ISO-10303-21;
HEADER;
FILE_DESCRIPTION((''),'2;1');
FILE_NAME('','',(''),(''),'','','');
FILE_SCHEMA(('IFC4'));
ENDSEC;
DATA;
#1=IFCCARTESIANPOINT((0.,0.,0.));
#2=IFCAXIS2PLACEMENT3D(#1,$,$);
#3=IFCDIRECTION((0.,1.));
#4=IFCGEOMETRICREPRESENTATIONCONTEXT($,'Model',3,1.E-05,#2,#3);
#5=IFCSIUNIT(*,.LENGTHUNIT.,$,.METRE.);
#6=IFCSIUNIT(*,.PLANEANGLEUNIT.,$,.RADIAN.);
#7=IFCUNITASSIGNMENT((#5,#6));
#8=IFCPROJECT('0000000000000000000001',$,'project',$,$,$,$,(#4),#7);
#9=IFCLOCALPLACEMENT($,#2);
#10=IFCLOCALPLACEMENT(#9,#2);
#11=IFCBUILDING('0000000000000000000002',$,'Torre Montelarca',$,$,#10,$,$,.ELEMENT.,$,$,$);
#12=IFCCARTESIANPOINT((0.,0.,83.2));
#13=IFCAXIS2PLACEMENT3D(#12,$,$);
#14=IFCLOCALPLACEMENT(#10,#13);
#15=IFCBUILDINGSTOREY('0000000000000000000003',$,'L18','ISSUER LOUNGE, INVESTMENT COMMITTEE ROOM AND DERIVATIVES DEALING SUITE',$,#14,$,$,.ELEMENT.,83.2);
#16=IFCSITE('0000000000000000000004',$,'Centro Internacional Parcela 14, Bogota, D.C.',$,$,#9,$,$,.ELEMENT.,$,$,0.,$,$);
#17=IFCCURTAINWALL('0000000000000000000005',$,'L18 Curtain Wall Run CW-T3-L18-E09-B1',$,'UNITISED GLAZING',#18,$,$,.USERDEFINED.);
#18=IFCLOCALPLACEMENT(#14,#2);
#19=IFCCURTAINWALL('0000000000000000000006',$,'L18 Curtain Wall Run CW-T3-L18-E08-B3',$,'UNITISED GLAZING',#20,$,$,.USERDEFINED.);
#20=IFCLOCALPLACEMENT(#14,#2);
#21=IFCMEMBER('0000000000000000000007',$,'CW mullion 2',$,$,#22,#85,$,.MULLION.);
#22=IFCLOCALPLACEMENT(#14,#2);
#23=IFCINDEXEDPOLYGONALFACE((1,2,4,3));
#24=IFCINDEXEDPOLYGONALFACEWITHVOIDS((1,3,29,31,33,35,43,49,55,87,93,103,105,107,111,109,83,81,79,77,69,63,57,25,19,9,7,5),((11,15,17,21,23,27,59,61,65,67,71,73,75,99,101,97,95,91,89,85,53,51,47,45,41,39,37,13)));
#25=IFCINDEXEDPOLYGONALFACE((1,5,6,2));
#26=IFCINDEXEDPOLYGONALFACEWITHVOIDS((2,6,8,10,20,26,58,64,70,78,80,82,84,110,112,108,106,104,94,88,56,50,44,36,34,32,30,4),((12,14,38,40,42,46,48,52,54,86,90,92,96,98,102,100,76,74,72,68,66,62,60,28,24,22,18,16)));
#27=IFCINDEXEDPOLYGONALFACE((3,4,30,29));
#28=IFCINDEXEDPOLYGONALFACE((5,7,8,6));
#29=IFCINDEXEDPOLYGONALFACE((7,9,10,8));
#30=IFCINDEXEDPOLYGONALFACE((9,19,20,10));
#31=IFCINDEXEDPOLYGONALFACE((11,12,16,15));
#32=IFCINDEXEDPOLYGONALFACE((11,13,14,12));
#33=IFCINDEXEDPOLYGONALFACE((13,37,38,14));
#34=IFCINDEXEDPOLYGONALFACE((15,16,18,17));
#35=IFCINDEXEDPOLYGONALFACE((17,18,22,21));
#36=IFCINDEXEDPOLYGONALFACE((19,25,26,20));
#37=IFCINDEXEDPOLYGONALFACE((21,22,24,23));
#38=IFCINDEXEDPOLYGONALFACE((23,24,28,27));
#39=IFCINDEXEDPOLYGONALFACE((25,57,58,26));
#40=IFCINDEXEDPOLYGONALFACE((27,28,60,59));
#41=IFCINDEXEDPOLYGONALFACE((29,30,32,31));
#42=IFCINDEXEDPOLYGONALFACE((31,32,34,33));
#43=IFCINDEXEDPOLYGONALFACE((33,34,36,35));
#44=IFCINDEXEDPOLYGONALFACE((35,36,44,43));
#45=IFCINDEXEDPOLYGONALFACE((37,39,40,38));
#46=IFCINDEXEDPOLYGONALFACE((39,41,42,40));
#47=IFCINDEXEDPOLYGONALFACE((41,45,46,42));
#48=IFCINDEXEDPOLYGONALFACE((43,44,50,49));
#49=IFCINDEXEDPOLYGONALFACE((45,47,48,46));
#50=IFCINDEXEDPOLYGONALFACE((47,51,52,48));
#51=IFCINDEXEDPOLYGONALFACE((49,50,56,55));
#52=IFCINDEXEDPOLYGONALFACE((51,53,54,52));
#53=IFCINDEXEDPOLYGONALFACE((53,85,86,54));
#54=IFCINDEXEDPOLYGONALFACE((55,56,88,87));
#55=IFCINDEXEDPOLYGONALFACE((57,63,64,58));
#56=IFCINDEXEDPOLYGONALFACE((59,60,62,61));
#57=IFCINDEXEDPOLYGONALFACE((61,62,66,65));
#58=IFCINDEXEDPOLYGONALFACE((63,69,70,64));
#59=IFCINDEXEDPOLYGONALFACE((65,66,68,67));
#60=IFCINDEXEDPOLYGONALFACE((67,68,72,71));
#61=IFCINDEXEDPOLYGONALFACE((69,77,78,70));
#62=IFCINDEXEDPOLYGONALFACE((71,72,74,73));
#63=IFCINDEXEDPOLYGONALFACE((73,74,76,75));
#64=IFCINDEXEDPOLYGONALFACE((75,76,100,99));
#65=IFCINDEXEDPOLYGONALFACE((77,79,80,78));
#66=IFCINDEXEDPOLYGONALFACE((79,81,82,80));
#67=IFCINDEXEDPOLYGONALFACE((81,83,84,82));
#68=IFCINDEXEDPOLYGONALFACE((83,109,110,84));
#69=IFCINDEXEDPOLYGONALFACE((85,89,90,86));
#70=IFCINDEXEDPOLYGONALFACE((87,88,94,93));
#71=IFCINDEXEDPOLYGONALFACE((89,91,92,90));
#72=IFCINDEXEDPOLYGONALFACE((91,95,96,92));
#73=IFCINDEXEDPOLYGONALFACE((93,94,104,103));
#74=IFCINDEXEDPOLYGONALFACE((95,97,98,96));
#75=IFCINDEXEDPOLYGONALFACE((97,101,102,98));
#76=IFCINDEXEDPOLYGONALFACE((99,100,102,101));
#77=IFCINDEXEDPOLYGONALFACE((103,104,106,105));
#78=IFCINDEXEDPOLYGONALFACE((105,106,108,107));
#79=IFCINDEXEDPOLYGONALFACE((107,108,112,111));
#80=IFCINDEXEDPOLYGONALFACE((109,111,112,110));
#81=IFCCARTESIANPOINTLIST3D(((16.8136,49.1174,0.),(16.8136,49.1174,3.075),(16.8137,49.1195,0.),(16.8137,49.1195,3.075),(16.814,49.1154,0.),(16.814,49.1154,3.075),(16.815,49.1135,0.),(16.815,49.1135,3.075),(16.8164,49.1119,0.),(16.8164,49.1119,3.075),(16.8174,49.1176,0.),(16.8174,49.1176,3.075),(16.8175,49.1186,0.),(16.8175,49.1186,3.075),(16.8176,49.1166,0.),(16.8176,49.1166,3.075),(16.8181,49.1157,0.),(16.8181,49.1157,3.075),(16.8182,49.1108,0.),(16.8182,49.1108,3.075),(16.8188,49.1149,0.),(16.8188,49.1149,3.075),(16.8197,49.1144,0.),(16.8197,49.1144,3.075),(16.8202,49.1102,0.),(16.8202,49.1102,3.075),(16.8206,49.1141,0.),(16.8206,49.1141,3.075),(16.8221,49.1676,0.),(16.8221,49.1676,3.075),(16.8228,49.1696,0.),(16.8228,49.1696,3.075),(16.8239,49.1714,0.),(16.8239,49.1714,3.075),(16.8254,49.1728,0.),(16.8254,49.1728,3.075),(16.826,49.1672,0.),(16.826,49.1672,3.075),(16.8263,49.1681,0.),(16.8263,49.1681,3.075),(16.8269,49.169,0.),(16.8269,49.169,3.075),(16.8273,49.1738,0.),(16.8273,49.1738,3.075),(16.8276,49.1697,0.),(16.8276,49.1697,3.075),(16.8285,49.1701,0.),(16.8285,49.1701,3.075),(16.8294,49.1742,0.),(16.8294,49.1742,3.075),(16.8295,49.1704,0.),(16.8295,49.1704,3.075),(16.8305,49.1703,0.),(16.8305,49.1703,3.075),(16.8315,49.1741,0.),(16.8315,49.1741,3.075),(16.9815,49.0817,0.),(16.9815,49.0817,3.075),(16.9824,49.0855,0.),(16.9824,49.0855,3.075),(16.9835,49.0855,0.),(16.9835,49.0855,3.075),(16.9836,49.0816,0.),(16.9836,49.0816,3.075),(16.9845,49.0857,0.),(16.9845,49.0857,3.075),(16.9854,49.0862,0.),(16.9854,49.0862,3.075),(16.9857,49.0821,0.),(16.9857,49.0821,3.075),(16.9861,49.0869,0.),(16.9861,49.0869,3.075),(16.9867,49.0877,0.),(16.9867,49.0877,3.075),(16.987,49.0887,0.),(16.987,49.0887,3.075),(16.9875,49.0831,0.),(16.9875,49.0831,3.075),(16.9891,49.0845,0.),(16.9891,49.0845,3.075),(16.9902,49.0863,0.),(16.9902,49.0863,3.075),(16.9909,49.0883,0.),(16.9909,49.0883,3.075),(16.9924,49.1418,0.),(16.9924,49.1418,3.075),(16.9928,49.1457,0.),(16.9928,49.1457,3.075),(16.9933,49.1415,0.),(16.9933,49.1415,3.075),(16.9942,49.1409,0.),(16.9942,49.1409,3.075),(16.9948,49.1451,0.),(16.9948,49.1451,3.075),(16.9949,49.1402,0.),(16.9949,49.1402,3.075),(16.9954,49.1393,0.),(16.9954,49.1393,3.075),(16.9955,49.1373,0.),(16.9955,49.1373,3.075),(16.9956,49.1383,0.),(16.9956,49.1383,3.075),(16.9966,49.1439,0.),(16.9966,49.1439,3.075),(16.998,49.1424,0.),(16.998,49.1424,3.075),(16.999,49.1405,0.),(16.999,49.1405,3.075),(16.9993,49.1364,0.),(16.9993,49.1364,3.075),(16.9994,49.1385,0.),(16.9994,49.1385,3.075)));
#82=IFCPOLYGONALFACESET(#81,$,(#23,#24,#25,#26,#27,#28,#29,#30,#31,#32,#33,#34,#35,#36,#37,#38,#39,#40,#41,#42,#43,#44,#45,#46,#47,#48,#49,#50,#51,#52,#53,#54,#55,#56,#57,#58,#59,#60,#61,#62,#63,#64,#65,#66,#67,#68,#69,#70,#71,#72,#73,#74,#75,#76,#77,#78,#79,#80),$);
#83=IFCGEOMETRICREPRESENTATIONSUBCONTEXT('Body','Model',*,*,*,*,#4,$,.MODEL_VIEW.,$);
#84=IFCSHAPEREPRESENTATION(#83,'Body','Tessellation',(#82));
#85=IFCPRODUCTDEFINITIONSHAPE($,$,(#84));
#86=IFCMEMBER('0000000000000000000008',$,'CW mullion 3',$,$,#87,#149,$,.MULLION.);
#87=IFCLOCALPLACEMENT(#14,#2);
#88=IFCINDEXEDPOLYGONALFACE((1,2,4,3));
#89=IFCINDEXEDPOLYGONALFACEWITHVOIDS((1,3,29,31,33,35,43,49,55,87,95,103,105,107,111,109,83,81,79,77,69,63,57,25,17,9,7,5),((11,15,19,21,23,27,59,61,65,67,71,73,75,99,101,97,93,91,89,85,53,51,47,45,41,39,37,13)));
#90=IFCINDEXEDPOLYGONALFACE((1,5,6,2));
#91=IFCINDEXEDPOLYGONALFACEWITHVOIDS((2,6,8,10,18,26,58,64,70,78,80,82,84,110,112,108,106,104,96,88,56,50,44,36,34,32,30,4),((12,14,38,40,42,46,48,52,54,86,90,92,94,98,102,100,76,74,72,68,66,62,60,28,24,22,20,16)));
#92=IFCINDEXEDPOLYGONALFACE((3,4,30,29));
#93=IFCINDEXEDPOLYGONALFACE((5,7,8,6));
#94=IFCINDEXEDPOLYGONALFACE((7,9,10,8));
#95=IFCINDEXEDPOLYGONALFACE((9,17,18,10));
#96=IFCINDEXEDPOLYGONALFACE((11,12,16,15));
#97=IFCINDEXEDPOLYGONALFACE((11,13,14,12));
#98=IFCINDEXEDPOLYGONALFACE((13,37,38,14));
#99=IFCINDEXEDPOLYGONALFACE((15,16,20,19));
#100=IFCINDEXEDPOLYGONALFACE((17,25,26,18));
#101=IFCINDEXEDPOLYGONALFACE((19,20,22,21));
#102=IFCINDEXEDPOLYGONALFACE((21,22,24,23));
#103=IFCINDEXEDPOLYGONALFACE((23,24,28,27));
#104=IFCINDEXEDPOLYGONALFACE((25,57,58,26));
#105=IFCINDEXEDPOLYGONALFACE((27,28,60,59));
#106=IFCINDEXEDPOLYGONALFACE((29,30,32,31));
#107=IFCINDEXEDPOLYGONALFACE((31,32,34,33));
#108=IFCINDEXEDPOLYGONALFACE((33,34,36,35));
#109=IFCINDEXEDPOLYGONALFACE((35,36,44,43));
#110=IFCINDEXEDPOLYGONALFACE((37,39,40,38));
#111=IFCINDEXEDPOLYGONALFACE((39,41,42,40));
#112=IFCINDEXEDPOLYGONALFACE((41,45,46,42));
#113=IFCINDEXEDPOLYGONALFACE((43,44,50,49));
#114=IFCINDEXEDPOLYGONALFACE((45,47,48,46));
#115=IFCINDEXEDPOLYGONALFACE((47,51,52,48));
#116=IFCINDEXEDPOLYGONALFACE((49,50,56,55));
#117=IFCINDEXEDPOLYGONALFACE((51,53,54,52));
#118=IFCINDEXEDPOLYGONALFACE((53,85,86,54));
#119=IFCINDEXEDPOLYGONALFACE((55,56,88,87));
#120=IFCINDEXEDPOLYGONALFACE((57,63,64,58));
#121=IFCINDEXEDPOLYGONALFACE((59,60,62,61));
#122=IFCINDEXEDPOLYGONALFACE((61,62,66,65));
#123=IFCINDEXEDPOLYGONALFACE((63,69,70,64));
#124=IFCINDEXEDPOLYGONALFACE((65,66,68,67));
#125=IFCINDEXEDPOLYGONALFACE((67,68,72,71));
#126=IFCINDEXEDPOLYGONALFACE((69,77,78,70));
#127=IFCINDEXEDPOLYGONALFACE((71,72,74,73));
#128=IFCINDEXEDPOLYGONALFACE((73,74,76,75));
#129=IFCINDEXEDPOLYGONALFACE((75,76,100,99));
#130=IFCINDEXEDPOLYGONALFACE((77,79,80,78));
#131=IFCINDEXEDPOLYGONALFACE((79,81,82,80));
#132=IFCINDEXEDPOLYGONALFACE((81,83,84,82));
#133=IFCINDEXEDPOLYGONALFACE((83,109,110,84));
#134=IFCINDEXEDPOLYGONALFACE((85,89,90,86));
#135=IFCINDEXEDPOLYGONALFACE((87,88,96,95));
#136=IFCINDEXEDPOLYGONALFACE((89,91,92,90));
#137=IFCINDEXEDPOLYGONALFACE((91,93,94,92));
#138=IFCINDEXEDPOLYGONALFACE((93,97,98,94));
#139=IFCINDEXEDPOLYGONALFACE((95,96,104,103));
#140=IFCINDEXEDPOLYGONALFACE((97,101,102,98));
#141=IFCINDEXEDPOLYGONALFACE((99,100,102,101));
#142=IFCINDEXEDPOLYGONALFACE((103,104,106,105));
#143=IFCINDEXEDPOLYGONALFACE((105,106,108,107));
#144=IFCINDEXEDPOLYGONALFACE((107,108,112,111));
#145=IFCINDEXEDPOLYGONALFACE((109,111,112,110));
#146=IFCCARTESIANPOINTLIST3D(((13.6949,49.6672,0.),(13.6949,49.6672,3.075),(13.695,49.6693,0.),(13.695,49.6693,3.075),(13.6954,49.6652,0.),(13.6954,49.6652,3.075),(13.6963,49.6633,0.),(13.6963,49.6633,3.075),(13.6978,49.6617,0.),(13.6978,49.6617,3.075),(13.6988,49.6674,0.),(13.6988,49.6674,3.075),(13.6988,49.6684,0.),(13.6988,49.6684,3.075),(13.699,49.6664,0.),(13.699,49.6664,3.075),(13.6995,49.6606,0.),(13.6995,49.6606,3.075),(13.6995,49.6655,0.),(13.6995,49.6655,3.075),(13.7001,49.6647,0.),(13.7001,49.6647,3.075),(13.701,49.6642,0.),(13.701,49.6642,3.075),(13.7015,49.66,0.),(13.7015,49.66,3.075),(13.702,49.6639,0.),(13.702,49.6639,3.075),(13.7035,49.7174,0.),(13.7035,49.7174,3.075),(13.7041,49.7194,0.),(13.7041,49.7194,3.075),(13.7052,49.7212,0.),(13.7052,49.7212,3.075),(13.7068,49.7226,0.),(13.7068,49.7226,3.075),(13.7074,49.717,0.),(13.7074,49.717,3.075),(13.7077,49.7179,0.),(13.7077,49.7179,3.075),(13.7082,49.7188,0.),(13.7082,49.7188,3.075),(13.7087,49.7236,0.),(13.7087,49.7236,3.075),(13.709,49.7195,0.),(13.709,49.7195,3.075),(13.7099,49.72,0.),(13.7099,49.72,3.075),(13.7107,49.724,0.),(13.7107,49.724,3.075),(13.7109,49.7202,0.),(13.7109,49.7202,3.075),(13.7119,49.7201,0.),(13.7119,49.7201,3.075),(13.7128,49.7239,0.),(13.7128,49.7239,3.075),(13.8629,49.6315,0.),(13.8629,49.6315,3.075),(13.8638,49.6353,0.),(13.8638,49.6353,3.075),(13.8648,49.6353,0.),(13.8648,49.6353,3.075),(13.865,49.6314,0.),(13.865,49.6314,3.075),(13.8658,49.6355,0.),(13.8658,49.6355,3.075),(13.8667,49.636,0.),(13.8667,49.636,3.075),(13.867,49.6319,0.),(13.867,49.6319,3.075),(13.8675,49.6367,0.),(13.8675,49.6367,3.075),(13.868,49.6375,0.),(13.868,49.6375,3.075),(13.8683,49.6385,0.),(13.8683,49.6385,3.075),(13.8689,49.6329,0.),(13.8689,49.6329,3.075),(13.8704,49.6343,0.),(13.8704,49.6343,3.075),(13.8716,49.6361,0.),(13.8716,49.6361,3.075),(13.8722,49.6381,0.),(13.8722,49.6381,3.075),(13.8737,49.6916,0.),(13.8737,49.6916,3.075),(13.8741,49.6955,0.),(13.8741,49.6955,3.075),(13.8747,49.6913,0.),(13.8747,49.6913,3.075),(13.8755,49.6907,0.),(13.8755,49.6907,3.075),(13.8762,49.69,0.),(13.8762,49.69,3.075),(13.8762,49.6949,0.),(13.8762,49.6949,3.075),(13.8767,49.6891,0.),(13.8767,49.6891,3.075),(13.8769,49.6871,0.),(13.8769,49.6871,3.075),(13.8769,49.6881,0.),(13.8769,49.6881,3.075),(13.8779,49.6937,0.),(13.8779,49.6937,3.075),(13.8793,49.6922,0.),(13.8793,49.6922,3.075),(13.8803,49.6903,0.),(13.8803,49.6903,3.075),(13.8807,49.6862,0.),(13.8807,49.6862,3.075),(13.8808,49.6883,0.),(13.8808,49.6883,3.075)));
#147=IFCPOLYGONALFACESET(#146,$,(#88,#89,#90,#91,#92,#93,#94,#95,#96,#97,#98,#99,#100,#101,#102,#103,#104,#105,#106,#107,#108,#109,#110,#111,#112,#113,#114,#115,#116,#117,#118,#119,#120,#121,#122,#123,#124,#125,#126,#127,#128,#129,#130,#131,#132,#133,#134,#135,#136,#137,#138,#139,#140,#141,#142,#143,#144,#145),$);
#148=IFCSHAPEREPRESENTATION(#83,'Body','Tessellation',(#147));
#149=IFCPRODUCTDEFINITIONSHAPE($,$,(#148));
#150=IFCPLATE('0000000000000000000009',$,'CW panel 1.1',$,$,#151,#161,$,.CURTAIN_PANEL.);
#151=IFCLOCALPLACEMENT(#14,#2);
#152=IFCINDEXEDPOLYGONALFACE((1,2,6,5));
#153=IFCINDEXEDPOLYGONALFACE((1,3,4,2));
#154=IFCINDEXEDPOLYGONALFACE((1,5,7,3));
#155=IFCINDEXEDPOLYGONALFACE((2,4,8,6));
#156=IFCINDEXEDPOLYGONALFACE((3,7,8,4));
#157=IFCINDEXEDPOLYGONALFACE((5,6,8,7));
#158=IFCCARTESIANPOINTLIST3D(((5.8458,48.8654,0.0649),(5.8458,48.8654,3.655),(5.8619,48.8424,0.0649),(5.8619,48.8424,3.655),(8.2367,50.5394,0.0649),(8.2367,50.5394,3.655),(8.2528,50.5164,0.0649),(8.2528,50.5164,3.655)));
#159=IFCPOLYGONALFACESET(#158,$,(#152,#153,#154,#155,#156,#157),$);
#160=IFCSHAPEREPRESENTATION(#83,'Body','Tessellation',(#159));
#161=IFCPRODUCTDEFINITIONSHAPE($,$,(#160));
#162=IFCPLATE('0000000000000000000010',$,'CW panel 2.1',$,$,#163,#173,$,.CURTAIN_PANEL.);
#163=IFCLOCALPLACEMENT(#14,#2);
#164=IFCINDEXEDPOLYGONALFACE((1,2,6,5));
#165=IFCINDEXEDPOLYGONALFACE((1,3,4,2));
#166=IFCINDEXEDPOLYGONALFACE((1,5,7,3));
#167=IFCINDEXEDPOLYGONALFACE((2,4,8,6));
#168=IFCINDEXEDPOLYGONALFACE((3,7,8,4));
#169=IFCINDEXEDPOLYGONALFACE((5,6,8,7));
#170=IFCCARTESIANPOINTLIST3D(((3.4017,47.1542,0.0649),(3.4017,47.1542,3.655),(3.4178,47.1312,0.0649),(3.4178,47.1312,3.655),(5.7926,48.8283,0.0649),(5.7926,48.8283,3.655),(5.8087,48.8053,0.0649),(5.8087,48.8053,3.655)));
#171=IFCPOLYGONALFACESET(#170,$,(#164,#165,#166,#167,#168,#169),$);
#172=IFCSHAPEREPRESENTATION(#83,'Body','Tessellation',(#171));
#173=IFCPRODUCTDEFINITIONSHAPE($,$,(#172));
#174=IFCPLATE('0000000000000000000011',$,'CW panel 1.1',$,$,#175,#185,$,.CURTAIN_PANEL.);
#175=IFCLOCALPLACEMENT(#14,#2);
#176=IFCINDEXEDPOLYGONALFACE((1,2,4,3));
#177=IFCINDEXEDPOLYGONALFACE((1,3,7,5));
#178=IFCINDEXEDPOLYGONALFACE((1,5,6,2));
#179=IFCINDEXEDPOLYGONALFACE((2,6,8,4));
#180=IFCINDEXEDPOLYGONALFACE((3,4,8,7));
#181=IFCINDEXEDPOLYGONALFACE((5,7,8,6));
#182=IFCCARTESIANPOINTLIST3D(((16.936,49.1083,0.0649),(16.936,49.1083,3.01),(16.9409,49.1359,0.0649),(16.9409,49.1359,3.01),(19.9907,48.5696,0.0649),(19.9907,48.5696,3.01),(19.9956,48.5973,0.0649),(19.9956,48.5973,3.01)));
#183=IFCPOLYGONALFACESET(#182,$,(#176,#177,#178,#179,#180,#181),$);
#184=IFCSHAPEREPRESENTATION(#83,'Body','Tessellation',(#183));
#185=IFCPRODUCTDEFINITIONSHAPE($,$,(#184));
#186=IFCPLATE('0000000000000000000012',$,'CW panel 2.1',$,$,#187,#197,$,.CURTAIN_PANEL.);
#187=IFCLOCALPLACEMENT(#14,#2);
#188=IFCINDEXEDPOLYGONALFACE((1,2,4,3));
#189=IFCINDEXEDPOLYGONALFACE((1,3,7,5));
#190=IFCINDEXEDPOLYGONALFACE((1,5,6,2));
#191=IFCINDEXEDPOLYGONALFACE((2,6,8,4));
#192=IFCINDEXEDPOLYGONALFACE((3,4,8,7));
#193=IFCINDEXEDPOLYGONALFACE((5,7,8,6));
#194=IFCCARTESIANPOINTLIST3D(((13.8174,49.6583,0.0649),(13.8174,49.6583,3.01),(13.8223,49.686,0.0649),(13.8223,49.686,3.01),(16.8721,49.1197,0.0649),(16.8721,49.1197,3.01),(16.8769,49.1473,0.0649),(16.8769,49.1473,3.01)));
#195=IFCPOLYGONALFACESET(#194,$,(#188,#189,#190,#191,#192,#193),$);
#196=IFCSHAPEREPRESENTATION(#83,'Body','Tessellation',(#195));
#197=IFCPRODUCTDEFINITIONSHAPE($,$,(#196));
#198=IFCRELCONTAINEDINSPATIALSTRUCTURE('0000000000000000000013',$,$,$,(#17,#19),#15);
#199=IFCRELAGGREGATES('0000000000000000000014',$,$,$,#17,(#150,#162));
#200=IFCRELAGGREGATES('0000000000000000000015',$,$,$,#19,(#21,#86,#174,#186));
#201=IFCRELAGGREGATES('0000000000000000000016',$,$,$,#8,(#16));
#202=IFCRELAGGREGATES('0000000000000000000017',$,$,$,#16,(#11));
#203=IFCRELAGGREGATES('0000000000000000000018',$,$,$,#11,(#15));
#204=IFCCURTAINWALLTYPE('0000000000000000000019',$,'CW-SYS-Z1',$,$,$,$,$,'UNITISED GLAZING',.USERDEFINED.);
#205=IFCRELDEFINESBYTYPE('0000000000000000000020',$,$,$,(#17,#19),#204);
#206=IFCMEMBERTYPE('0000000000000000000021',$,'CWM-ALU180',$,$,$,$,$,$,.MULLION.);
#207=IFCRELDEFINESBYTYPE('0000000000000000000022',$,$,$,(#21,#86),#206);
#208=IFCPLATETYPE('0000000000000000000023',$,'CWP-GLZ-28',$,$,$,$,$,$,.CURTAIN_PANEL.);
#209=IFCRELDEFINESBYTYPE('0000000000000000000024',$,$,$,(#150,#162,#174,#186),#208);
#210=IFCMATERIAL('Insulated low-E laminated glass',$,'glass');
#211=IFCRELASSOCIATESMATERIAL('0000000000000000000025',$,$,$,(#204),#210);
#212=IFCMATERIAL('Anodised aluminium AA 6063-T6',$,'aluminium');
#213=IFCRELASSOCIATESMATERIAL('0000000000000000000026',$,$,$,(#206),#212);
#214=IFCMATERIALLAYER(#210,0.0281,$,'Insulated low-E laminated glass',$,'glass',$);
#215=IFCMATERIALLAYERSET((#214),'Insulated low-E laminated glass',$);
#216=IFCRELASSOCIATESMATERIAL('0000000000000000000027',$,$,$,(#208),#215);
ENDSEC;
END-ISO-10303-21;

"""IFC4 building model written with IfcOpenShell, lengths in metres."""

from ifc_helpers import new_model, si_unit, direction, frame, origin, origin_2d, place, context, subcontext, project, spatial, rectangle, hollow_rectangle, extrude, source, transform, mapped, material, layer, layer_set, material_profile, profile_set, type_object, element, aggregate, save


model = new_model("IFC4")

# Units and contexts
model_context = context("Model", 3, precision=1e-05, world=origin(), true_north=direction((0.0, 1.0)))
body_context = subcontext(model_context, "Body", "Model", "MODEL_VIEW")
ifc_project = project(units=[si_unit("LENGTHUNIT", "METRE"), si_unit("PLANEANGLEUNIT", "RADIAN")], contexts=[model_context])

# Site, building, storey
site_placement = place(None, origin())
site = spatial("IfcSite", under=ifc_project, at=site_placement, Name="Centro Internacional Parcela 14, Bogota, D.C.", CompositionType="ELEMENT", RefElevation=0.0)
building_placement = place(site_placement, origin())
building = spatial("IfcBuilding", under=site, at=building_placement, Name="Torre Montelarca", CompositionType="ELEMENT")
storey_placement = place(building_placement, frame((0.0, 0.0, 83.2)))
storey = spatial("IfcBuildingStorey", under=building, at=storey_placement, Name="L18", Description="ISSUER LOUNGE, INVESTMENT COMMITTEE ROOM AND DERIVATIVES DEALING SUITE", CompositionType="ELEMENT", Elevation=83.2)

# Curtain walls
ifc_material_1 = material(Name="Insulated low-E laminated glass", Category="glass")
curtain_wall_type = type_object("IfcCurtainWallType", Name="CW-SYS-Z1", ElementType="UNITISED GLAZING", PredefinedType="USERDEFINED", material=ifc_material_1)
curtain_wall_1_placement = place(storey_placement, origin())
curtain_wall_1 = element("IfcCurtainWall", 1, at=curtain_wall_1_placement, inside=storey, type_object=curtain_wall_type, Name="L18 Curtain Wall Run CW-T3-L18-E09-B1", ObjectType="UNITISED GLAZING", PredefinedType="USERDEFINED")
ifc_material_2 = material(Name="Anodised aluminium AA 6063-T6", Category="aluminium")
curtain_wall_2_placement = place(storey_placement, origin())
curtain_wall_2 = element("IfcCurtainWall", 2, at=curtain_wall_2_placement, inside=storey, type_object=curtain_wall_type, Name="L18 Curtain Wall Run CW-T3-L18-E08-B3", ObjectType="UNITISED GLAZING", PredefinedType="USERDEFINED")

# Shared definitions
ifc_material_profile_1 = material_profile(ifc_material_2, hollow_rectangle(XDim=0.0649, YDim=0.1799, WallThickness=0.0039, InnerFilletRadius=0.0039, OuterFilletRadius=0.0081, at=origin_2d()), Name="ALU65X180X4", Category="aluminium")
ifc_profile_set_1 = profile_set([ifc_material_profile_1], Name="Anodised aluminium AA 6063-T6")
member_type_1 = type_object("IfcMemberType", Name="CWM-ALU180", PredefinedType="MULLION", material=ifc_profile_set_1)

# Shared definitions
shared_shape_1 = source(origin(), body_context, "Body", "SweptSolid", [
    extrude(hollow_rectangle(XDim=0.0649, YDim=0.1799, WallThickness=0.0039, InnerFilletRadius=0.0039, OuterFilletRadius=0.0081, at=origin_2d()), origin(), (0.0, 0.0, 1.0), 3.075),
])

# Members
member_1_placement = place(storey_placement, frame((16.9065, 49.1279, 0.0), z_axis=(0.0, 0.0, 1.0), x_axis=(-0.173647, -0.984808, 0.0)))
member_1 = element("IfcMember", 3, at=member_1_placement, type_object=member_type_1, Name="CW mullion 2", PredefinedType="MULLION", context=body_context, shape_type="MappedRepresentation", body=[
    mapped(shared_shape_1, transform((0.0, 0.0, 0.0), scale=1.0)),
])
member_2_placement = place(storey_placement, frame((13.7878, 49.6777, 0.0), z_axis=(0.0, 0.0, 1.0), x_axis=(-0.173647, -0.984808, 0.0)))
member_2 = element("IfcMember", 4, at=member_2_placement, type_object=member_type_1, Name="CW mullion 3", PredefinedType="MULLION", context=body_context, shape_type="MappedRepresentation", body=[
    mapped(shared_shape_1, transform((0.0, 0.0, 0.0), scale=1.0)),
])

# Plates
ifc_layer_1 = layer(ifc_material_1, 0.0281, Name="Insulated low-E laminated glass", Category="glass")
ifc_layer_set_1 = layer_set([ifc_layer_1], Name="Insulated low-E laminated glass")
plate_type = type_object("IfcPlateType", Name="CWP-GLZ-28", PredefinedType="CURTAIN_PANEL", material=ifc_layer_set_1)
shared_shape_2 = source(origin(), body_context, "Body", "SweptSolid", [
    extrude(rectangle(XDim=2.9187, YDim=0.0281, at=origin_2d()), origin(), (0.0, 0.0, 1.0), 3.5901),
])
plate_1_placement = place(storey_placement, frame((7.0493, 49.6909, 0.0649), z_axis=(0.0, 0.0, 1.0), x_axis=(-0.819168, -0.573554, 0.0)))
plate_1 = element("IfcPlate", 5, at=plate_1_placement, type_object=plate_type, Name="CW panel 1.1", PredefinedType="CURTAIN_PANEL", context=body_context, shape_type="MappedRepresentation", body=[
    mapped(shared_shape_2, transform((0.0, 0.0, 0.0), scale=1.0)),
])
plate_2_placement = place(storey_placement, frame((4.6052, 47.9797, 0.0649), z_axis=(0.0, 0.0, 1.0), x_axis=(-0.819168, -0.573554, 0.0)))
plate_2 = element("IfcPlate", 6, at=plate_2_placement, type_object=plate_type, Name="CW panel 2.1", PredefinedType="CURTAIN_PANEL", context=body_context, shape_type="MappedRepresentation", body=[
    mapped(shared_shape_2, transform((0.0, 0.0, 0.0), scale=1.0)),
])
aggregate(curtain_wall_1, [plate_1, plate_2])
shared_shape_3 = source(origin(), body_context, "Body", "SweptSolid", [
    extrude(rectangle(XDim=3.1018, YDim=0.0281, at=origin_2d()), origin(), (0.0, 0.0, 1.0), 2.9451),
])
plate_3_placement = place(storey_placement, frame((18.4658, 48.8528, 0.0649), z_axis=(0.0, 0.0, 1.0), x_axis=(-0.984808, 0.173647, 0.0)))
plate_3 = element("IfcPlate", 7, at=plate_3_placement, type_object=plate_type, Name="CW panel 1.1", PredefinedType="CURTAIN_PANEL", context=body_context, shape_type="MappedRepresentation", body=[
    mapped(shared_shape_3, transform((0.0, 0.0, 0.0), scale=1.0)),
])
plate_4_placement = place(storey_placement, frame((15.3472, 49.4028, 0.0649), z_axis=(0.0, 0.0, 1.0), x_axis=(-0.984808, 0.173647, 0.0)))
plate_4 = element("IfcPlate", 8, at=plate_4_placement, type_object=plate_type, Name="CW panel 2.1", PredefinedType="CURTAIN_PANEL", context=body_context, shape_type="MappedRepresentation", body=[
    mapped(shared_shape_3, transform((0.0, 0.0, 0.0), scale=1.0)),
])
aggregate(curtain_wall_2, [member_1, member_2, plate_3, plate_4])

save(model, "model.ifc")
